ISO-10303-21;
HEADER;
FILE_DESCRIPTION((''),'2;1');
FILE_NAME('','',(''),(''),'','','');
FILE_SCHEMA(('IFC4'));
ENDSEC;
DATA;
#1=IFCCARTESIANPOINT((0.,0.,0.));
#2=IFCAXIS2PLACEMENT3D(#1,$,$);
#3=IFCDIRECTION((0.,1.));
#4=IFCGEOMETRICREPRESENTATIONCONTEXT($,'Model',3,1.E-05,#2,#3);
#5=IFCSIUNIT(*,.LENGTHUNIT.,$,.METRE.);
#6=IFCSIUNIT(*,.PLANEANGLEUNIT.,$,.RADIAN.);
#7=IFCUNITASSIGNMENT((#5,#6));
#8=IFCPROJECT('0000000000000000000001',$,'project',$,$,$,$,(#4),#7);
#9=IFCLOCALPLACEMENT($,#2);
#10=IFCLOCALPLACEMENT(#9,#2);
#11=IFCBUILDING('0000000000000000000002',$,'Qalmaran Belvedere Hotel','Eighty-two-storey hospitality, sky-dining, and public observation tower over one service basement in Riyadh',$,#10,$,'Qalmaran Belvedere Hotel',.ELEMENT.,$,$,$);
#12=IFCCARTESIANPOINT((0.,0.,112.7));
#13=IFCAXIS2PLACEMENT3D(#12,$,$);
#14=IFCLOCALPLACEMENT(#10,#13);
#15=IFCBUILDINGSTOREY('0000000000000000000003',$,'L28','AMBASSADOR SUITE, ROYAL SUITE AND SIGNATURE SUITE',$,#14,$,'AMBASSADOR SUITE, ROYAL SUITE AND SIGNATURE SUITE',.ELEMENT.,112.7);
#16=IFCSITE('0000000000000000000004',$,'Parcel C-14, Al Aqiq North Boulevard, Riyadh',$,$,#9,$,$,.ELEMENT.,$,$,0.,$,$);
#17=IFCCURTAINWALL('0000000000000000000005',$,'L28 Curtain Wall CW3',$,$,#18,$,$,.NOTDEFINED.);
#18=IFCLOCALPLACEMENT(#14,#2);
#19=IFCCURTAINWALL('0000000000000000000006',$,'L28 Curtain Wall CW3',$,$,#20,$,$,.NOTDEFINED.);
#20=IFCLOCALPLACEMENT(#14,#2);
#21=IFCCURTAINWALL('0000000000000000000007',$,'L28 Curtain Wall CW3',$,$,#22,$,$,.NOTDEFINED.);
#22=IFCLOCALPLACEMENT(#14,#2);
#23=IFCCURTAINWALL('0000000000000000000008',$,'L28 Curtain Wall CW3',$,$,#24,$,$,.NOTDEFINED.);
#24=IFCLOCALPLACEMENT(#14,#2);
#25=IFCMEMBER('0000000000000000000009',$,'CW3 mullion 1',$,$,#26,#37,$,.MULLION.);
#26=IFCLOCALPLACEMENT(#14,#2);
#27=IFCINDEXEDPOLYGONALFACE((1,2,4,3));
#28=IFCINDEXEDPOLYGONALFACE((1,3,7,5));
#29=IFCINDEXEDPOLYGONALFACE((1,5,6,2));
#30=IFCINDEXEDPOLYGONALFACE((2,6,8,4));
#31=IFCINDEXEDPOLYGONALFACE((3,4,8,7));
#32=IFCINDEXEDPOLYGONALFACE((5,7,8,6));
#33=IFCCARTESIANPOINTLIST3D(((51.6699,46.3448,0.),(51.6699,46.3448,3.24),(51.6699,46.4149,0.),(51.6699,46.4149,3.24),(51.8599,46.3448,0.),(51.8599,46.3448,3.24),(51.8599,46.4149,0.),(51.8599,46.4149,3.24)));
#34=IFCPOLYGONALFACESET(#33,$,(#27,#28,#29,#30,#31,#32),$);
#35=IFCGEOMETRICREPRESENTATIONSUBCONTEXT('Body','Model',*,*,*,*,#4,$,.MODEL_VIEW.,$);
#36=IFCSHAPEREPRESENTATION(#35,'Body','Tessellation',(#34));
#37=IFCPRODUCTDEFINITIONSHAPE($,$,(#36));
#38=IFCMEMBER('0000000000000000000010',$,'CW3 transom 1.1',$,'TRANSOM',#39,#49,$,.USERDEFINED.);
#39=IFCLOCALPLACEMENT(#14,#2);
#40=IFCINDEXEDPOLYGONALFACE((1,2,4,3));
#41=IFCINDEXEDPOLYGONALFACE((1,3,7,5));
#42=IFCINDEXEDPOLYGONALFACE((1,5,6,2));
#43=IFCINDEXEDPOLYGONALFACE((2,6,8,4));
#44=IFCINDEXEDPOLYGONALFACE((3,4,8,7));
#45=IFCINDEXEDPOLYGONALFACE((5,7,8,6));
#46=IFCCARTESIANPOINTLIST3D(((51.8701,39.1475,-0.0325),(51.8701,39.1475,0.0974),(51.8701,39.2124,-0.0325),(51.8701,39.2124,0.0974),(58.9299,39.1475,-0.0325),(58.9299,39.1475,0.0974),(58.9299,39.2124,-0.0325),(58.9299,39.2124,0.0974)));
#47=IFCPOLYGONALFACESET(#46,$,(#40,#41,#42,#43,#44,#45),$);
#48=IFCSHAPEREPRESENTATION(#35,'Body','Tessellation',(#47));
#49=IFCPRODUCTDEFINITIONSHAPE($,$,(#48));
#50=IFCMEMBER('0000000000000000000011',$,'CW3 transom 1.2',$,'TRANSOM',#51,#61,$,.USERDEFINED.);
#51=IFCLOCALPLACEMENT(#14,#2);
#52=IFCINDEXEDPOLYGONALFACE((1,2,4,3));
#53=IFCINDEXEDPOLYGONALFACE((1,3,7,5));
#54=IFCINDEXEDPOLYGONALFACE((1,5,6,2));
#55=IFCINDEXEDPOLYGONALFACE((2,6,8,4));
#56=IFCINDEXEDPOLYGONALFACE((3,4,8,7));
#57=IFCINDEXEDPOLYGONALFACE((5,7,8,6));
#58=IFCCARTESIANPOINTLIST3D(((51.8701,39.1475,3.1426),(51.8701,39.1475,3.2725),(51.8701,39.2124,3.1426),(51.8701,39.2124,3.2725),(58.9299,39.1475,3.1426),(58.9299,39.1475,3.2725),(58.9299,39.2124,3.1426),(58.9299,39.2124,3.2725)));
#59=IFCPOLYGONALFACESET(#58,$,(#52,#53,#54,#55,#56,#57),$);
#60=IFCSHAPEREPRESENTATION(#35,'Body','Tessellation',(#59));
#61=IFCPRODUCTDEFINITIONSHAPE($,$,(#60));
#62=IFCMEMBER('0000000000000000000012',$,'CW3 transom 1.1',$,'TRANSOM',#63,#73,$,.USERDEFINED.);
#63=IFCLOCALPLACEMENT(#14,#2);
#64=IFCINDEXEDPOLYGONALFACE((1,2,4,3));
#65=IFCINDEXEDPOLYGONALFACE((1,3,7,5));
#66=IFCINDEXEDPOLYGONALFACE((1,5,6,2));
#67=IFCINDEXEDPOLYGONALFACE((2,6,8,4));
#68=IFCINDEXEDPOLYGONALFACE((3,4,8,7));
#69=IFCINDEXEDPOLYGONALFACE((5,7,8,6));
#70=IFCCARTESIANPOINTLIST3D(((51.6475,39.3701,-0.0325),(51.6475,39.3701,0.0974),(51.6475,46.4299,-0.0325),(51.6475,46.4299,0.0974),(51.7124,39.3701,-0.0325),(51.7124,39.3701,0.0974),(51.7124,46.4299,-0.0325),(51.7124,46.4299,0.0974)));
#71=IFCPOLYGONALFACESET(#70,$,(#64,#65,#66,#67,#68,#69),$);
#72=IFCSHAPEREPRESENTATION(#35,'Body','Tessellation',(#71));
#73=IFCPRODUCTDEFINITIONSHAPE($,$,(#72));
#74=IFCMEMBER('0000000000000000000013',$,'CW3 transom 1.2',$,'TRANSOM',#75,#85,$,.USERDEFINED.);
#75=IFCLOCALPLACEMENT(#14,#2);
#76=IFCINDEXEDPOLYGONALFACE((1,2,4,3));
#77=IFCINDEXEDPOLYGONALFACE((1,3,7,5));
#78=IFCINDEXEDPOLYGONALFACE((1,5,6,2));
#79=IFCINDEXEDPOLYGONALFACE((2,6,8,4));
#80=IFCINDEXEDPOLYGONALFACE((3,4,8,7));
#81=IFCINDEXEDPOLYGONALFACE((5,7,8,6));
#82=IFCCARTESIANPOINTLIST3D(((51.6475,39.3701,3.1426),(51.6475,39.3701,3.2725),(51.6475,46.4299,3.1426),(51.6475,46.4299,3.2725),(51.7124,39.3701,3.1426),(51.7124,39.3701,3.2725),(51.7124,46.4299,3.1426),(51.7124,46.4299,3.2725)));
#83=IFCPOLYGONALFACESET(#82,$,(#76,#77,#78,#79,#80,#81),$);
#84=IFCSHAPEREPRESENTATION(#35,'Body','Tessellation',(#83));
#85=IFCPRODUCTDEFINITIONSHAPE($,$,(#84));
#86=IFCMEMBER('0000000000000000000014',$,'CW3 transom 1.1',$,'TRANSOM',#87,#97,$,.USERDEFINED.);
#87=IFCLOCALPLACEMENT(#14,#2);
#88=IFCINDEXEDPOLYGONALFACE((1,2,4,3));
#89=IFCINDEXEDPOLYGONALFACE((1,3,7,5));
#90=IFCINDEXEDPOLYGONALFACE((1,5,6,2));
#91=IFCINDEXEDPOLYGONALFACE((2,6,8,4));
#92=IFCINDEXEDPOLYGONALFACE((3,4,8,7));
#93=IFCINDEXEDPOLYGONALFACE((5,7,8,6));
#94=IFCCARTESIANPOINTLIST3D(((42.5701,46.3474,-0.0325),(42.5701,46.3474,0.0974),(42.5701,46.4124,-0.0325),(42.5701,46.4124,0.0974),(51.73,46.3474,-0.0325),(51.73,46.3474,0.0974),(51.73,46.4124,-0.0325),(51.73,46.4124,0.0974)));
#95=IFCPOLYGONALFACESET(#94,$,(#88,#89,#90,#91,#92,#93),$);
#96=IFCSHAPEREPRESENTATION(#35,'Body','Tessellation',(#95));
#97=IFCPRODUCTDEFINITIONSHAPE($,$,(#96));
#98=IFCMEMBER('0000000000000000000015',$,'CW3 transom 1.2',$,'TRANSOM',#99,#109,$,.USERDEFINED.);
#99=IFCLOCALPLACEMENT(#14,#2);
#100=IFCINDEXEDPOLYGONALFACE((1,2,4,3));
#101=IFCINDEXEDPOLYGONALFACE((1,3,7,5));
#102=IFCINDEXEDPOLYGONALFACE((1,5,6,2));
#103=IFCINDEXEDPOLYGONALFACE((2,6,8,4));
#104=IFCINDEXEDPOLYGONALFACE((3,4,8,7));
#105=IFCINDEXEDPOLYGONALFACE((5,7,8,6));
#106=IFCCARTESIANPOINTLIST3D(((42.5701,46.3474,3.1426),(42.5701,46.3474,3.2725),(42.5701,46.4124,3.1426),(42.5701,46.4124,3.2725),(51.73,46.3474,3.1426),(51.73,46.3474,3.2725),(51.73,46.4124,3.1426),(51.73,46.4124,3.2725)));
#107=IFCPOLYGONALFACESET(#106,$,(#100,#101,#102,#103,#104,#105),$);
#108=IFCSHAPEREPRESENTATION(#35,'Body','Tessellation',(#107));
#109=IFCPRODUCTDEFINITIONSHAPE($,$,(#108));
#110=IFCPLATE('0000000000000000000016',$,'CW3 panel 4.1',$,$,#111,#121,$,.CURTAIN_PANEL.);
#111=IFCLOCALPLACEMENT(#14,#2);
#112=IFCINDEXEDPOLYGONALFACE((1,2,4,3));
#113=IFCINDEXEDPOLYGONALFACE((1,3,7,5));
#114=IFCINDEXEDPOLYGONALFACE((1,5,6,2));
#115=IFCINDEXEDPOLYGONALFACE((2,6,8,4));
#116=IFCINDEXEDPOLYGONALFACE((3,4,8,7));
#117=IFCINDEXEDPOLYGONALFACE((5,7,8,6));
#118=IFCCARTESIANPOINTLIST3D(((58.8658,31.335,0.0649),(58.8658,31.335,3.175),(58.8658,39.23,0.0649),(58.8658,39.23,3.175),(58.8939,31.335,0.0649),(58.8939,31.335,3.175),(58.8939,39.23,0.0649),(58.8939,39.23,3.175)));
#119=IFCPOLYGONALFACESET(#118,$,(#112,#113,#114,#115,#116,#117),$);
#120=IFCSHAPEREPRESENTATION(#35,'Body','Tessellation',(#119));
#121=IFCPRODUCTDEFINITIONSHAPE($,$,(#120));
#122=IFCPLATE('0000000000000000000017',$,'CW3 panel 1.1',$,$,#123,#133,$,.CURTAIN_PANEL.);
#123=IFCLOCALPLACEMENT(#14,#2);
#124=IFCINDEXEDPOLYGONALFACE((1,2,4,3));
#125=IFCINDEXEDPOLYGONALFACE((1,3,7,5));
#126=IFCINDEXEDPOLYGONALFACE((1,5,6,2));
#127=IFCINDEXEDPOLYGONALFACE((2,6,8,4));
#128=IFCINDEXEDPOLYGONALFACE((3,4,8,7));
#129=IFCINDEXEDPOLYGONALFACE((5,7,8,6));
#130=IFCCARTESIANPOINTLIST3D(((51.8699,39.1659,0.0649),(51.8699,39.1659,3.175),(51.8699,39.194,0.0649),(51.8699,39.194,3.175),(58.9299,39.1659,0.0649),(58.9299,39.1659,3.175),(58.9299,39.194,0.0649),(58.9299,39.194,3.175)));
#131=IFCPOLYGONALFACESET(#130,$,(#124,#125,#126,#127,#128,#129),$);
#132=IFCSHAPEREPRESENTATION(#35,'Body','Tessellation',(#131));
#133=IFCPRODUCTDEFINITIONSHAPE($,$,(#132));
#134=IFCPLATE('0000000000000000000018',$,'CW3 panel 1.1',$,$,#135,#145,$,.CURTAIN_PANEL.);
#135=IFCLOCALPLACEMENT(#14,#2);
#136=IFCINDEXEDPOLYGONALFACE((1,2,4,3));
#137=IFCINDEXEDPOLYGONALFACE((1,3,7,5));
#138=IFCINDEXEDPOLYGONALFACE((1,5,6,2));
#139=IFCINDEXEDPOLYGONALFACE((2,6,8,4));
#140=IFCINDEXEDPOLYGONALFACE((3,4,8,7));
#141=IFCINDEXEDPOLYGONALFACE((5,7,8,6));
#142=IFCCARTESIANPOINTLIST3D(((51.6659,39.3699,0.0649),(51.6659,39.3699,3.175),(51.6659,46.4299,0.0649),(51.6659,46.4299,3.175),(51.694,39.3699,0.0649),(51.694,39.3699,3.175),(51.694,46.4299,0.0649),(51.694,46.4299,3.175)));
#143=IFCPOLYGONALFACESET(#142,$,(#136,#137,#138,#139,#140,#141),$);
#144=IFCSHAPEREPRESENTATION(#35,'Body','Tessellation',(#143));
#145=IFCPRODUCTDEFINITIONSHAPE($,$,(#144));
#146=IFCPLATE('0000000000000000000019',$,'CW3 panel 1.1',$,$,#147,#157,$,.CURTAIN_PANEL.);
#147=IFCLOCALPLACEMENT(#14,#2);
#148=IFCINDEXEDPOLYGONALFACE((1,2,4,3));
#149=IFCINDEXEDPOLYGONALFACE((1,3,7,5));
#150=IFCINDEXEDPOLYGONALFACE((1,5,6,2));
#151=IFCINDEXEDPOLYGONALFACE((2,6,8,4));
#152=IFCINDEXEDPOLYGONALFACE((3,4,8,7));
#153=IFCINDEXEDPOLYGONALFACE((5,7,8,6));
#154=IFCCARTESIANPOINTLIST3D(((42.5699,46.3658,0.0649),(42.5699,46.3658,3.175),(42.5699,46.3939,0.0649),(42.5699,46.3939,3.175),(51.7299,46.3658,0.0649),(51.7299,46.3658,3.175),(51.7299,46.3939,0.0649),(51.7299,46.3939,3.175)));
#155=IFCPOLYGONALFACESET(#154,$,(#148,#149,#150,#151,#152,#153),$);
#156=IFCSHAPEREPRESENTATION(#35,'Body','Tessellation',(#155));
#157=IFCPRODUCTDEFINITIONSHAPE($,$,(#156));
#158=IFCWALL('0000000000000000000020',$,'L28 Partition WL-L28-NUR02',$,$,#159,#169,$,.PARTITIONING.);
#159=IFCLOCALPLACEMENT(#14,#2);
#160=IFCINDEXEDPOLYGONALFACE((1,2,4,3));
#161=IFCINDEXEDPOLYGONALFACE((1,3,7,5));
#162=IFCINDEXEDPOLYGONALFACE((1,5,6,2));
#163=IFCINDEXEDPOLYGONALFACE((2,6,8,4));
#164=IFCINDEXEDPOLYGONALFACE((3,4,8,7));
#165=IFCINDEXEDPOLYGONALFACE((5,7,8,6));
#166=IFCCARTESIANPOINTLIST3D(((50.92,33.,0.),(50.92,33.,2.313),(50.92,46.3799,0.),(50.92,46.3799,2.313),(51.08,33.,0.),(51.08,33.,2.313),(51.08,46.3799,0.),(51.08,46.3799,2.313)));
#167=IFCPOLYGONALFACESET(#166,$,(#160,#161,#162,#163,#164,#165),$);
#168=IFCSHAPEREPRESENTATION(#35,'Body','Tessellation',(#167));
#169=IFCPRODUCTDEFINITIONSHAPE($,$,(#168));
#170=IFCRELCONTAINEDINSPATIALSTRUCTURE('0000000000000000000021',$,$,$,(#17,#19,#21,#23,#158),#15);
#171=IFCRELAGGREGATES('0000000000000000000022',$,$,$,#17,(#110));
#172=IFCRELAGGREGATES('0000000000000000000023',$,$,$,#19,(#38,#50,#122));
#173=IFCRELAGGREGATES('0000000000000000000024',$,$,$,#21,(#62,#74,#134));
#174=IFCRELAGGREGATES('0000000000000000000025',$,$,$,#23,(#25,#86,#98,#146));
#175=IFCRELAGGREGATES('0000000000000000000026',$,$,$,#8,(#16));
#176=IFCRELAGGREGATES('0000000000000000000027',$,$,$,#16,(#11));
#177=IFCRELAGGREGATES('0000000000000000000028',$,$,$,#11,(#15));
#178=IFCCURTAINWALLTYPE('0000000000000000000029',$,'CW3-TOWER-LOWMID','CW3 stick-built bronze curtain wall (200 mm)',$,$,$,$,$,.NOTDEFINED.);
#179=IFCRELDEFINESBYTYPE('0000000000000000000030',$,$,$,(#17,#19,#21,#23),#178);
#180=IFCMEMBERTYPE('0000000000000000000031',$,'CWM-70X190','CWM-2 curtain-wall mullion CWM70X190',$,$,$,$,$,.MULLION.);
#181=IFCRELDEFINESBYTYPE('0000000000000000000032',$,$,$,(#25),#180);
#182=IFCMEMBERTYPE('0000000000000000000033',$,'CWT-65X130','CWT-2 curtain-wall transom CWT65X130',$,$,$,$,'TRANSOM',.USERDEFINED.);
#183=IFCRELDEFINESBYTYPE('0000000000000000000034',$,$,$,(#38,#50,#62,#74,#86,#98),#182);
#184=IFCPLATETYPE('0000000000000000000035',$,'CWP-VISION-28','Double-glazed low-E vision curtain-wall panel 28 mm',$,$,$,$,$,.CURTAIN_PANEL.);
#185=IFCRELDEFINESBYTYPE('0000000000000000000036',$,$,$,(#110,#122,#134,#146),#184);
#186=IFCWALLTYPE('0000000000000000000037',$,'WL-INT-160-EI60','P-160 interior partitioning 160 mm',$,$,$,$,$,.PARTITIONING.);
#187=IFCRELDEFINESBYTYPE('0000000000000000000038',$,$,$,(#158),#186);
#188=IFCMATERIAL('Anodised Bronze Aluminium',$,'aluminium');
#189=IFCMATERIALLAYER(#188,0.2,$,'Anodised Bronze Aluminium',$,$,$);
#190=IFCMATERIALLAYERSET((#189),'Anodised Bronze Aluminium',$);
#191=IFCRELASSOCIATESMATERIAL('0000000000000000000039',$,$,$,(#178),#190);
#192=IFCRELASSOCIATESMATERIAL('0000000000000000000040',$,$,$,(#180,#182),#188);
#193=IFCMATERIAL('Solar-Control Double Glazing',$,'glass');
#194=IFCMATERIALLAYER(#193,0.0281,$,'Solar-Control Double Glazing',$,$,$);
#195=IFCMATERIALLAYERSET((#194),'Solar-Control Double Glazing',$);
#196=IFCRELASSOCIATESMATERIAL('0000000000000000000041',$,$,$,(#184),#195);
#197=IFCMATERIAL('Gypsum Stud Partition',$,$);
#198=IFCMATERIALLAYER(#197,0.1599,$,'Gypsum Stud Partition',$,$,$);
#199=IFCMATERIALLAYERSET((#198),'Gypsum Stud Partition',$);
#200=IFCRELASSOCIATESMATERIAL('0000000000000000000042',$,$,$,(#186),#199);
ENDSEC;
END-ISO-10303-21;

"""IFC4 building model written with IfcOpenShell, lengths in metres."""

from ifc_helpers import new_model, si_unit, direction, frame, frame_2d, origin, origin_2d, place, context, subcontext, project, spatial, rectangle, extrude, material, layer, layer_set, material_profile, profile_set, type_object, element, aggregate, save


model = new_model("IFC4")

# Units and contexts
model_context = context("Model", 3, precision=1e-05, world=origin(), true_north=direction((0.0, 1.0)))
body_context = subcontext(model_context, "Body", "Model", "MODEL_VIEW")
ifc_project = project(units=[si_unit("LENGTHUNIT", "METRE"), si_unit("PLANEANGLEUNIT", "RADIAN")], contexts=[model_context])

# Site, building, storey
site_placement = place(None, origin())
site = spatial("IfcSite", under=ifc_project, at=site_placement, Name="Parcel C-14, Al Aqiq North Boulevard, Riyadh", CompositionType="ELEMENT", RefElevation=0.0)
building_placement = place(site_placement, origin())
building = spatial("IfcBuilding", under=site, at=building_placement, Name="Qalmaran Belvedere Hotel", Description="Eighty-two-storey hospitality, sky-dining, and public observation tower over one service basement in Riyadh", LongName="Qalmaran Belvedere Hotel", CompositionType="ELEMENT")
storey_placement = place(building_placement, frame((0.0, 0.0, 112.7)))
storey = spatial("IfcBuildingStorey", under=building, at=storey_placement, Name="L28", Description="AMBASSADOR SUITE, ROYAL SUITE AND SIGNATURE SUITE", LongName="AMBASSADOR SUITE, ROYAL SUITE AND SIGNATURE SUITE", CompositionType="ELEMENT", Elevation=112.7)

# Curtain wall
ifc_material_1 = material(Name="Anodised Bronze Aluminium", Category="aluminium")
ifc_layer_1 = layer(ifc_material_1, 0.2, Name="Anodised Bronze Aluminium")
ifc_layer_set_1 = layer_set([ifc_layer_1], Name="Anodised Bronze Aluminium")
curtain_wall_type = type_object("IfcCurtainWallType", Name="CW3-TOWER-LOWMID", Description="CW3 stick-built bronze curtain wall (200 mm)", PredefinedType="NOTDEFINED", material=ifc_layer_set_1)
curtain_wall_1_placement = place(storey_placement, origin())
curtain_wall_1 = element("IfcCurtainWall", 1, at=curtain_wall_1_placement, inside=storey, type_object=curtain_wall_type, Name="L28 Curtain Wall CW3", PredefinedType="NOTDEFINED")
ifc_material_profile_1 = material_profile(ifc_material_1, rectangle(XDim=0.0701, YDim=0.1899, at=origin_2d()), Name="CWM70X190")
ifc_profile_set_1 = profile_set([ifc_material_profile_1], Name="Anodised Bronze Aluminium")
member_type_1 = type_object("IfcMemberType", Name="CWM-70X190", Description="CWM-2 curtain-wall mullion CWM70X190", PredefinedType="MULLION", material=ifc_profile_set_1)

# Curtain walls
curtain_wall_2_placement = place(storey_placement, origin())
curtain_wall_2 = element("IfcCurtainWall", 2, at=curtain_wall_2_placement, inside=storey, type_object=curtain_wall_type, Name="L28 Curtain Wall CW3", PredefinedType="NOTDEFINED")
curtain_wall_3_placement = place(storey_placement, origin())
curtain_wall_3 = element("IfcCurtainWall", 3, at=curtain_wall_3_placement, inside=storey, type_object=curtain_wall_type, Name="L28 Curtain Wall CW3", PredefinedType="NOTDEFINED")

# Curtain wall, member
curtain_wall_4_placement = place(storey_placement, origin())
curtain_wall_4 = element("IfcCurtainWall", 4, at=curtain_wall_4_placement, inside=storey, type_object=curtain_wall_type, Name="L28 Curtain Wall CW3", PredefinedType="NOTDEFINED")
member_1_placement = place(storey_placement, frame((51.7649, 46.3799, 0.0), z_axis=(0.0, 0.0, 1.0), x_axis=(0.0, -1.0, 0.0)))
member_1 = element("IfcMember", 5, at=member_1_placement, type_object=member_type_1, Name="CW3 mullion 1", PredefinedType="MULLION", context=body_context, shape_type="SweptSolid", body=[
    extrude(rectangle(XDim=0.0701, YDim=0.1899, at=origin_2d()), origin(), (0.0, 0.0, 1.0), 3.24),
])

# Members
ifc_material_profile_2 = material_profile(ifc_material_1, rectangle(XDim=0.0649, YDim=0.1299, at=origin_2d()), Name="CWT65X130")
ifc_profile_set_2 = profile_set([ifc_material_profile_2], Name="Anodised Bronze Aluminium")
member_type_2 = type_object("IfcMemberType", Name="CWT-65X130", Description="CWT-2 curtain-wall transom CWT65X130", ElementType="TRANSOM", PredefinedType="USERDEFINED", material=ifc_profile_set_2)
member_2_placement = place(storey_placement, frame((58.9299, 39.1799, 0.0325), z_axis=(-1.0, 0.0, 0.0), x_axis=(0.0, -1.0, 0.0)))
member_2 = element("IfcMember", 6, at=member_2_placement, type_object=member_type_2, Name="CW3 transom 1.1", ObjectType="TRANSOM", PredefinedType="USERDEFINED", context=body_context, shape_type="SweptSolid", body=[
    extrude(rectangle(XDim=0.0649, YDim=0.1299, at=origin_2d()), origin(), (0.0, 0.0, 1.0), 7.0598),
])
member_3_placement = place(storey_placement, frame((58.9299, 39.1799, 3.2075), z_axis=(-1.0, 0.0, 0.0), x_axis=(0.0, -1.0, 0.0)))
member_3 = element("IfcMember", 7, at=member_3_placement, type_object=member_type_2, Name="CW3 transom 1.2", ObjectType="TRANSOM", PredefinedType="USERDEFINED", context=body_context, shape_type="SweptSolid", body=[
    extrude(rectangle(XDim=0.0649, YDim=0.1299, at=origin_2d()), origin(), (0.0, 0.0, 1.0), 7.0598),
])
member_4_placement = place(storey_placement, frame((51.6799, 39.3701, 0.0325), z_axis=(0.0, 1.0, 0.0), x_axis=(-1.0, 0.0, 0.0)))
member_4 = element("IfcMember", 8, at=member_4_placement, type_object=member_type_2, Name="CW3 transom 1.1", ObjectType="TRANSOM", PredefinedType="USERDEFINED", context=body_context, shape_type="SweptSolid", body=[
    extrude(rectangle(XDim=0.0649, YDim=0.1299, at=origin_2d()), origin(), (0.0, 0.0, 1.0), 7.0598),
])
member_5_placement = place(storey_placement, frame((51.6799, 39.3701, 3.2075), z_axis=(0.0, 1.0, 0.0), x_axis=(-1.0, 0.0, 0.0)))
member_5 = element("IfcMember", 9, at=member_5_placement, type_object=member_type_2, Name="CW3 transom 1.2", ObjectType="TRANSOM", PredefinedType="USERDEFINED", context=body_context, shape_type="SweptSolid", body=[
    extrude(rectangle(XDim=0.0649, YDim=0.1299, at=origin_2d()), origin(), (0.0, 0.0, 1.0), 7.0598),
])
member_6_placement = place(storey_placement, frame((51.73, 46.3799, 0.0325), z_axis=(-1.0, 0.0, 0.0), x_axis=(0.0, -1.0, 0.0)))
member_6 = element("IfcMember", 10, at=member_6_placement, type_object=member_type_2, Name="CW3 transom 1.1", ObjectType="TRANSOM", PredefinedType="USERDEFINED", context=body_context, shape_type="SweptSolid", body=[
    extrude(rectangle(XDim=0.0649, YDim=0.1299, at=origin_2d()), origin(), (0.0, 0.0, 1.0), 9.1599),
])
member_7_placement = place(storey_placement, frame((51.73, 46.3799, 3.2075), z_axis=(-1.0, 0.0, 0.0), x_axis=(0.0, -1.0, 0.0)))
member_7 = element("IfcMember", 11, at=member_7_placement, type_object=member_type_2, Name="CW3 transom 1.2", ObjectType="TRANSOM", PredefinedType="USERDEFINED", context=body_context, shape_type="SweptSolid", body=[
    extrude(rectangle(XDim=0.0649, YDim=0.1299, at=origin_2d()), origin(), (0.0, 0.0, 1.0), 9.1599),
])

# Plates
ifc_material_2 = material(Name="Solar-Control Double Glazing", Category="glass")
ifc_layer_2 = layer(ifc_material_2, 0.0281, Name="Solar-Control Double Glazing")
ifc_layer_set_2 = layer_set([ifc_layer_2], Name="Solar-Control Double Glazing")
plate_type = type_object("IfcPlateType", Name="CWP-VISION-28", Description="Double-glazed low-E vision curtain-wall panel 28 mm", PredefinedType="CURTAIN_PANEL", material=ifc_layer_set_2)
plate_1_placement = place(storey_placement, frame((58.8799, 35.2825, 0.0649), z_axis=(0.0, 0.0, 1.0), x_axis=(0.0, 1.0, 0.0)))
plate_1 = element("IfcPlate", 12, at=plate_1_placement, type_object=plate_type, Name="CW3 panel 4.1", PredefinedType="CURTAIN_PANEL", context=body_context, shape_type="SweptSolid", body=[
    extrude(rectangle(XDim=7.895, YDim=0.0281, at=origin_2d()), origin(), (0.0, 0.0, 1.0), 3.1101),
])
aggregate(curtain_wall_1, [plate_1])
plate_2_placement = place(storey_placement, frame((55.3999, 39.1799, 0.0649), z_axis=(0.0, 0.0, 1.0), x_axis=(-1.0, 0.0, 0.0)))
plate_2 = element("IfcPlate", 13, at=plate_2_placement, type_object=plate_type, Name="CW3 panel 1.1", PredefinedType="CURTAIN_PANEL", context=body_context, shape_type="SweptSolid", body=[
    extrude(rectangle(XDim=7.0601, YDim=0.0281, at=origin_2d()), origin(), (0.0, 0.0, 1.0), 3.1101),
])
aggregate(curtain_wall_2, [member_2, member_3, plate_2])
plate_3_placement = place(storey_placement, frame((51.6799, 42.8999, 0.0649), z_axis=(0.0, 0.0, 1.0), x_axis=(0.0, 1.0, 0.0)))
plate_3 = element("IfcPlate", 14, at=plate_3_placement, type_object=plate_type, Name="CW3 panel 1.1", PredefinedType="CURTAIN_PANEL", context=body_context, shape_type="SweptSolid", body=[
    extrude(rectangle(XDim=7.0601, YDim=0.0281, at=origin_2d()), origin(), (0.0, 0.0, 1.0), 3.1101),
])
aggregate(curtain_wall_3, [member_4, member_5, plate_3])
plate_4_placement = place(storey_placement, frame((47.1499, 46.3799, 0.0649), z_axis=(0.0, 0.0, 1.0), x_axis=(-1.0, 0.0, 0.0)))
plate_4 = element("IfcPlate", 15, at=plate_4_placement, type_object=plate_type, Name="CW3 panel 1.1", PredefinedType="CURTAIN_PANEL", context=body_context, shape_type="SweptSolid", body=[
    extrude(rectangle(XDim=9.1599, YDim=0.0281, at=origin_2d()), origin(), (0.0, 0.0, 1.0), 3.1101),
])
aggregate(curtain_wall_4, [member_1, member_6, member_7, plate_4])

# Wall
ifc_material_3 = material(Name="Gypsum Stud Partition")
ifc_layer_3 = layer(ifc_material_3, 0.1599, Name="Gypsum Stud Partition")
ifc_layer_set_3 = layer_set([ifc_layer_3], Name="Gypsum Stud Partition")
wall_type = type_object("IfcWallType", Name="WL-INT-160-EI60", Description="P-160 interior partitioning 160 mm", PredefinedType="PARTITIONING", material=ifc_layer_set_3)
wall_placement = place(storey_placement, frame((51.0, 33.0, 0.0), z_axis=(0.0, 0.0, 1.0), x_axis=(0.0, 1.0, 0.0)))
element("IfcWall", 16, at=wall_placement, inside=storey, type_object=wall_type, Name="L28 Partition WL-L28-NUR02", PredefinedType="PARTITIONING", context=body_context, shape_type="SweptSolid", body=[
    extrude(rectangle(XDim=13.3799, YDim=0.1599, at=frame_2d((6.6899, 0.0))), origin(), (0.0, 0.0, 1.0), 2.313),
])

save(model, "model.ifc")
